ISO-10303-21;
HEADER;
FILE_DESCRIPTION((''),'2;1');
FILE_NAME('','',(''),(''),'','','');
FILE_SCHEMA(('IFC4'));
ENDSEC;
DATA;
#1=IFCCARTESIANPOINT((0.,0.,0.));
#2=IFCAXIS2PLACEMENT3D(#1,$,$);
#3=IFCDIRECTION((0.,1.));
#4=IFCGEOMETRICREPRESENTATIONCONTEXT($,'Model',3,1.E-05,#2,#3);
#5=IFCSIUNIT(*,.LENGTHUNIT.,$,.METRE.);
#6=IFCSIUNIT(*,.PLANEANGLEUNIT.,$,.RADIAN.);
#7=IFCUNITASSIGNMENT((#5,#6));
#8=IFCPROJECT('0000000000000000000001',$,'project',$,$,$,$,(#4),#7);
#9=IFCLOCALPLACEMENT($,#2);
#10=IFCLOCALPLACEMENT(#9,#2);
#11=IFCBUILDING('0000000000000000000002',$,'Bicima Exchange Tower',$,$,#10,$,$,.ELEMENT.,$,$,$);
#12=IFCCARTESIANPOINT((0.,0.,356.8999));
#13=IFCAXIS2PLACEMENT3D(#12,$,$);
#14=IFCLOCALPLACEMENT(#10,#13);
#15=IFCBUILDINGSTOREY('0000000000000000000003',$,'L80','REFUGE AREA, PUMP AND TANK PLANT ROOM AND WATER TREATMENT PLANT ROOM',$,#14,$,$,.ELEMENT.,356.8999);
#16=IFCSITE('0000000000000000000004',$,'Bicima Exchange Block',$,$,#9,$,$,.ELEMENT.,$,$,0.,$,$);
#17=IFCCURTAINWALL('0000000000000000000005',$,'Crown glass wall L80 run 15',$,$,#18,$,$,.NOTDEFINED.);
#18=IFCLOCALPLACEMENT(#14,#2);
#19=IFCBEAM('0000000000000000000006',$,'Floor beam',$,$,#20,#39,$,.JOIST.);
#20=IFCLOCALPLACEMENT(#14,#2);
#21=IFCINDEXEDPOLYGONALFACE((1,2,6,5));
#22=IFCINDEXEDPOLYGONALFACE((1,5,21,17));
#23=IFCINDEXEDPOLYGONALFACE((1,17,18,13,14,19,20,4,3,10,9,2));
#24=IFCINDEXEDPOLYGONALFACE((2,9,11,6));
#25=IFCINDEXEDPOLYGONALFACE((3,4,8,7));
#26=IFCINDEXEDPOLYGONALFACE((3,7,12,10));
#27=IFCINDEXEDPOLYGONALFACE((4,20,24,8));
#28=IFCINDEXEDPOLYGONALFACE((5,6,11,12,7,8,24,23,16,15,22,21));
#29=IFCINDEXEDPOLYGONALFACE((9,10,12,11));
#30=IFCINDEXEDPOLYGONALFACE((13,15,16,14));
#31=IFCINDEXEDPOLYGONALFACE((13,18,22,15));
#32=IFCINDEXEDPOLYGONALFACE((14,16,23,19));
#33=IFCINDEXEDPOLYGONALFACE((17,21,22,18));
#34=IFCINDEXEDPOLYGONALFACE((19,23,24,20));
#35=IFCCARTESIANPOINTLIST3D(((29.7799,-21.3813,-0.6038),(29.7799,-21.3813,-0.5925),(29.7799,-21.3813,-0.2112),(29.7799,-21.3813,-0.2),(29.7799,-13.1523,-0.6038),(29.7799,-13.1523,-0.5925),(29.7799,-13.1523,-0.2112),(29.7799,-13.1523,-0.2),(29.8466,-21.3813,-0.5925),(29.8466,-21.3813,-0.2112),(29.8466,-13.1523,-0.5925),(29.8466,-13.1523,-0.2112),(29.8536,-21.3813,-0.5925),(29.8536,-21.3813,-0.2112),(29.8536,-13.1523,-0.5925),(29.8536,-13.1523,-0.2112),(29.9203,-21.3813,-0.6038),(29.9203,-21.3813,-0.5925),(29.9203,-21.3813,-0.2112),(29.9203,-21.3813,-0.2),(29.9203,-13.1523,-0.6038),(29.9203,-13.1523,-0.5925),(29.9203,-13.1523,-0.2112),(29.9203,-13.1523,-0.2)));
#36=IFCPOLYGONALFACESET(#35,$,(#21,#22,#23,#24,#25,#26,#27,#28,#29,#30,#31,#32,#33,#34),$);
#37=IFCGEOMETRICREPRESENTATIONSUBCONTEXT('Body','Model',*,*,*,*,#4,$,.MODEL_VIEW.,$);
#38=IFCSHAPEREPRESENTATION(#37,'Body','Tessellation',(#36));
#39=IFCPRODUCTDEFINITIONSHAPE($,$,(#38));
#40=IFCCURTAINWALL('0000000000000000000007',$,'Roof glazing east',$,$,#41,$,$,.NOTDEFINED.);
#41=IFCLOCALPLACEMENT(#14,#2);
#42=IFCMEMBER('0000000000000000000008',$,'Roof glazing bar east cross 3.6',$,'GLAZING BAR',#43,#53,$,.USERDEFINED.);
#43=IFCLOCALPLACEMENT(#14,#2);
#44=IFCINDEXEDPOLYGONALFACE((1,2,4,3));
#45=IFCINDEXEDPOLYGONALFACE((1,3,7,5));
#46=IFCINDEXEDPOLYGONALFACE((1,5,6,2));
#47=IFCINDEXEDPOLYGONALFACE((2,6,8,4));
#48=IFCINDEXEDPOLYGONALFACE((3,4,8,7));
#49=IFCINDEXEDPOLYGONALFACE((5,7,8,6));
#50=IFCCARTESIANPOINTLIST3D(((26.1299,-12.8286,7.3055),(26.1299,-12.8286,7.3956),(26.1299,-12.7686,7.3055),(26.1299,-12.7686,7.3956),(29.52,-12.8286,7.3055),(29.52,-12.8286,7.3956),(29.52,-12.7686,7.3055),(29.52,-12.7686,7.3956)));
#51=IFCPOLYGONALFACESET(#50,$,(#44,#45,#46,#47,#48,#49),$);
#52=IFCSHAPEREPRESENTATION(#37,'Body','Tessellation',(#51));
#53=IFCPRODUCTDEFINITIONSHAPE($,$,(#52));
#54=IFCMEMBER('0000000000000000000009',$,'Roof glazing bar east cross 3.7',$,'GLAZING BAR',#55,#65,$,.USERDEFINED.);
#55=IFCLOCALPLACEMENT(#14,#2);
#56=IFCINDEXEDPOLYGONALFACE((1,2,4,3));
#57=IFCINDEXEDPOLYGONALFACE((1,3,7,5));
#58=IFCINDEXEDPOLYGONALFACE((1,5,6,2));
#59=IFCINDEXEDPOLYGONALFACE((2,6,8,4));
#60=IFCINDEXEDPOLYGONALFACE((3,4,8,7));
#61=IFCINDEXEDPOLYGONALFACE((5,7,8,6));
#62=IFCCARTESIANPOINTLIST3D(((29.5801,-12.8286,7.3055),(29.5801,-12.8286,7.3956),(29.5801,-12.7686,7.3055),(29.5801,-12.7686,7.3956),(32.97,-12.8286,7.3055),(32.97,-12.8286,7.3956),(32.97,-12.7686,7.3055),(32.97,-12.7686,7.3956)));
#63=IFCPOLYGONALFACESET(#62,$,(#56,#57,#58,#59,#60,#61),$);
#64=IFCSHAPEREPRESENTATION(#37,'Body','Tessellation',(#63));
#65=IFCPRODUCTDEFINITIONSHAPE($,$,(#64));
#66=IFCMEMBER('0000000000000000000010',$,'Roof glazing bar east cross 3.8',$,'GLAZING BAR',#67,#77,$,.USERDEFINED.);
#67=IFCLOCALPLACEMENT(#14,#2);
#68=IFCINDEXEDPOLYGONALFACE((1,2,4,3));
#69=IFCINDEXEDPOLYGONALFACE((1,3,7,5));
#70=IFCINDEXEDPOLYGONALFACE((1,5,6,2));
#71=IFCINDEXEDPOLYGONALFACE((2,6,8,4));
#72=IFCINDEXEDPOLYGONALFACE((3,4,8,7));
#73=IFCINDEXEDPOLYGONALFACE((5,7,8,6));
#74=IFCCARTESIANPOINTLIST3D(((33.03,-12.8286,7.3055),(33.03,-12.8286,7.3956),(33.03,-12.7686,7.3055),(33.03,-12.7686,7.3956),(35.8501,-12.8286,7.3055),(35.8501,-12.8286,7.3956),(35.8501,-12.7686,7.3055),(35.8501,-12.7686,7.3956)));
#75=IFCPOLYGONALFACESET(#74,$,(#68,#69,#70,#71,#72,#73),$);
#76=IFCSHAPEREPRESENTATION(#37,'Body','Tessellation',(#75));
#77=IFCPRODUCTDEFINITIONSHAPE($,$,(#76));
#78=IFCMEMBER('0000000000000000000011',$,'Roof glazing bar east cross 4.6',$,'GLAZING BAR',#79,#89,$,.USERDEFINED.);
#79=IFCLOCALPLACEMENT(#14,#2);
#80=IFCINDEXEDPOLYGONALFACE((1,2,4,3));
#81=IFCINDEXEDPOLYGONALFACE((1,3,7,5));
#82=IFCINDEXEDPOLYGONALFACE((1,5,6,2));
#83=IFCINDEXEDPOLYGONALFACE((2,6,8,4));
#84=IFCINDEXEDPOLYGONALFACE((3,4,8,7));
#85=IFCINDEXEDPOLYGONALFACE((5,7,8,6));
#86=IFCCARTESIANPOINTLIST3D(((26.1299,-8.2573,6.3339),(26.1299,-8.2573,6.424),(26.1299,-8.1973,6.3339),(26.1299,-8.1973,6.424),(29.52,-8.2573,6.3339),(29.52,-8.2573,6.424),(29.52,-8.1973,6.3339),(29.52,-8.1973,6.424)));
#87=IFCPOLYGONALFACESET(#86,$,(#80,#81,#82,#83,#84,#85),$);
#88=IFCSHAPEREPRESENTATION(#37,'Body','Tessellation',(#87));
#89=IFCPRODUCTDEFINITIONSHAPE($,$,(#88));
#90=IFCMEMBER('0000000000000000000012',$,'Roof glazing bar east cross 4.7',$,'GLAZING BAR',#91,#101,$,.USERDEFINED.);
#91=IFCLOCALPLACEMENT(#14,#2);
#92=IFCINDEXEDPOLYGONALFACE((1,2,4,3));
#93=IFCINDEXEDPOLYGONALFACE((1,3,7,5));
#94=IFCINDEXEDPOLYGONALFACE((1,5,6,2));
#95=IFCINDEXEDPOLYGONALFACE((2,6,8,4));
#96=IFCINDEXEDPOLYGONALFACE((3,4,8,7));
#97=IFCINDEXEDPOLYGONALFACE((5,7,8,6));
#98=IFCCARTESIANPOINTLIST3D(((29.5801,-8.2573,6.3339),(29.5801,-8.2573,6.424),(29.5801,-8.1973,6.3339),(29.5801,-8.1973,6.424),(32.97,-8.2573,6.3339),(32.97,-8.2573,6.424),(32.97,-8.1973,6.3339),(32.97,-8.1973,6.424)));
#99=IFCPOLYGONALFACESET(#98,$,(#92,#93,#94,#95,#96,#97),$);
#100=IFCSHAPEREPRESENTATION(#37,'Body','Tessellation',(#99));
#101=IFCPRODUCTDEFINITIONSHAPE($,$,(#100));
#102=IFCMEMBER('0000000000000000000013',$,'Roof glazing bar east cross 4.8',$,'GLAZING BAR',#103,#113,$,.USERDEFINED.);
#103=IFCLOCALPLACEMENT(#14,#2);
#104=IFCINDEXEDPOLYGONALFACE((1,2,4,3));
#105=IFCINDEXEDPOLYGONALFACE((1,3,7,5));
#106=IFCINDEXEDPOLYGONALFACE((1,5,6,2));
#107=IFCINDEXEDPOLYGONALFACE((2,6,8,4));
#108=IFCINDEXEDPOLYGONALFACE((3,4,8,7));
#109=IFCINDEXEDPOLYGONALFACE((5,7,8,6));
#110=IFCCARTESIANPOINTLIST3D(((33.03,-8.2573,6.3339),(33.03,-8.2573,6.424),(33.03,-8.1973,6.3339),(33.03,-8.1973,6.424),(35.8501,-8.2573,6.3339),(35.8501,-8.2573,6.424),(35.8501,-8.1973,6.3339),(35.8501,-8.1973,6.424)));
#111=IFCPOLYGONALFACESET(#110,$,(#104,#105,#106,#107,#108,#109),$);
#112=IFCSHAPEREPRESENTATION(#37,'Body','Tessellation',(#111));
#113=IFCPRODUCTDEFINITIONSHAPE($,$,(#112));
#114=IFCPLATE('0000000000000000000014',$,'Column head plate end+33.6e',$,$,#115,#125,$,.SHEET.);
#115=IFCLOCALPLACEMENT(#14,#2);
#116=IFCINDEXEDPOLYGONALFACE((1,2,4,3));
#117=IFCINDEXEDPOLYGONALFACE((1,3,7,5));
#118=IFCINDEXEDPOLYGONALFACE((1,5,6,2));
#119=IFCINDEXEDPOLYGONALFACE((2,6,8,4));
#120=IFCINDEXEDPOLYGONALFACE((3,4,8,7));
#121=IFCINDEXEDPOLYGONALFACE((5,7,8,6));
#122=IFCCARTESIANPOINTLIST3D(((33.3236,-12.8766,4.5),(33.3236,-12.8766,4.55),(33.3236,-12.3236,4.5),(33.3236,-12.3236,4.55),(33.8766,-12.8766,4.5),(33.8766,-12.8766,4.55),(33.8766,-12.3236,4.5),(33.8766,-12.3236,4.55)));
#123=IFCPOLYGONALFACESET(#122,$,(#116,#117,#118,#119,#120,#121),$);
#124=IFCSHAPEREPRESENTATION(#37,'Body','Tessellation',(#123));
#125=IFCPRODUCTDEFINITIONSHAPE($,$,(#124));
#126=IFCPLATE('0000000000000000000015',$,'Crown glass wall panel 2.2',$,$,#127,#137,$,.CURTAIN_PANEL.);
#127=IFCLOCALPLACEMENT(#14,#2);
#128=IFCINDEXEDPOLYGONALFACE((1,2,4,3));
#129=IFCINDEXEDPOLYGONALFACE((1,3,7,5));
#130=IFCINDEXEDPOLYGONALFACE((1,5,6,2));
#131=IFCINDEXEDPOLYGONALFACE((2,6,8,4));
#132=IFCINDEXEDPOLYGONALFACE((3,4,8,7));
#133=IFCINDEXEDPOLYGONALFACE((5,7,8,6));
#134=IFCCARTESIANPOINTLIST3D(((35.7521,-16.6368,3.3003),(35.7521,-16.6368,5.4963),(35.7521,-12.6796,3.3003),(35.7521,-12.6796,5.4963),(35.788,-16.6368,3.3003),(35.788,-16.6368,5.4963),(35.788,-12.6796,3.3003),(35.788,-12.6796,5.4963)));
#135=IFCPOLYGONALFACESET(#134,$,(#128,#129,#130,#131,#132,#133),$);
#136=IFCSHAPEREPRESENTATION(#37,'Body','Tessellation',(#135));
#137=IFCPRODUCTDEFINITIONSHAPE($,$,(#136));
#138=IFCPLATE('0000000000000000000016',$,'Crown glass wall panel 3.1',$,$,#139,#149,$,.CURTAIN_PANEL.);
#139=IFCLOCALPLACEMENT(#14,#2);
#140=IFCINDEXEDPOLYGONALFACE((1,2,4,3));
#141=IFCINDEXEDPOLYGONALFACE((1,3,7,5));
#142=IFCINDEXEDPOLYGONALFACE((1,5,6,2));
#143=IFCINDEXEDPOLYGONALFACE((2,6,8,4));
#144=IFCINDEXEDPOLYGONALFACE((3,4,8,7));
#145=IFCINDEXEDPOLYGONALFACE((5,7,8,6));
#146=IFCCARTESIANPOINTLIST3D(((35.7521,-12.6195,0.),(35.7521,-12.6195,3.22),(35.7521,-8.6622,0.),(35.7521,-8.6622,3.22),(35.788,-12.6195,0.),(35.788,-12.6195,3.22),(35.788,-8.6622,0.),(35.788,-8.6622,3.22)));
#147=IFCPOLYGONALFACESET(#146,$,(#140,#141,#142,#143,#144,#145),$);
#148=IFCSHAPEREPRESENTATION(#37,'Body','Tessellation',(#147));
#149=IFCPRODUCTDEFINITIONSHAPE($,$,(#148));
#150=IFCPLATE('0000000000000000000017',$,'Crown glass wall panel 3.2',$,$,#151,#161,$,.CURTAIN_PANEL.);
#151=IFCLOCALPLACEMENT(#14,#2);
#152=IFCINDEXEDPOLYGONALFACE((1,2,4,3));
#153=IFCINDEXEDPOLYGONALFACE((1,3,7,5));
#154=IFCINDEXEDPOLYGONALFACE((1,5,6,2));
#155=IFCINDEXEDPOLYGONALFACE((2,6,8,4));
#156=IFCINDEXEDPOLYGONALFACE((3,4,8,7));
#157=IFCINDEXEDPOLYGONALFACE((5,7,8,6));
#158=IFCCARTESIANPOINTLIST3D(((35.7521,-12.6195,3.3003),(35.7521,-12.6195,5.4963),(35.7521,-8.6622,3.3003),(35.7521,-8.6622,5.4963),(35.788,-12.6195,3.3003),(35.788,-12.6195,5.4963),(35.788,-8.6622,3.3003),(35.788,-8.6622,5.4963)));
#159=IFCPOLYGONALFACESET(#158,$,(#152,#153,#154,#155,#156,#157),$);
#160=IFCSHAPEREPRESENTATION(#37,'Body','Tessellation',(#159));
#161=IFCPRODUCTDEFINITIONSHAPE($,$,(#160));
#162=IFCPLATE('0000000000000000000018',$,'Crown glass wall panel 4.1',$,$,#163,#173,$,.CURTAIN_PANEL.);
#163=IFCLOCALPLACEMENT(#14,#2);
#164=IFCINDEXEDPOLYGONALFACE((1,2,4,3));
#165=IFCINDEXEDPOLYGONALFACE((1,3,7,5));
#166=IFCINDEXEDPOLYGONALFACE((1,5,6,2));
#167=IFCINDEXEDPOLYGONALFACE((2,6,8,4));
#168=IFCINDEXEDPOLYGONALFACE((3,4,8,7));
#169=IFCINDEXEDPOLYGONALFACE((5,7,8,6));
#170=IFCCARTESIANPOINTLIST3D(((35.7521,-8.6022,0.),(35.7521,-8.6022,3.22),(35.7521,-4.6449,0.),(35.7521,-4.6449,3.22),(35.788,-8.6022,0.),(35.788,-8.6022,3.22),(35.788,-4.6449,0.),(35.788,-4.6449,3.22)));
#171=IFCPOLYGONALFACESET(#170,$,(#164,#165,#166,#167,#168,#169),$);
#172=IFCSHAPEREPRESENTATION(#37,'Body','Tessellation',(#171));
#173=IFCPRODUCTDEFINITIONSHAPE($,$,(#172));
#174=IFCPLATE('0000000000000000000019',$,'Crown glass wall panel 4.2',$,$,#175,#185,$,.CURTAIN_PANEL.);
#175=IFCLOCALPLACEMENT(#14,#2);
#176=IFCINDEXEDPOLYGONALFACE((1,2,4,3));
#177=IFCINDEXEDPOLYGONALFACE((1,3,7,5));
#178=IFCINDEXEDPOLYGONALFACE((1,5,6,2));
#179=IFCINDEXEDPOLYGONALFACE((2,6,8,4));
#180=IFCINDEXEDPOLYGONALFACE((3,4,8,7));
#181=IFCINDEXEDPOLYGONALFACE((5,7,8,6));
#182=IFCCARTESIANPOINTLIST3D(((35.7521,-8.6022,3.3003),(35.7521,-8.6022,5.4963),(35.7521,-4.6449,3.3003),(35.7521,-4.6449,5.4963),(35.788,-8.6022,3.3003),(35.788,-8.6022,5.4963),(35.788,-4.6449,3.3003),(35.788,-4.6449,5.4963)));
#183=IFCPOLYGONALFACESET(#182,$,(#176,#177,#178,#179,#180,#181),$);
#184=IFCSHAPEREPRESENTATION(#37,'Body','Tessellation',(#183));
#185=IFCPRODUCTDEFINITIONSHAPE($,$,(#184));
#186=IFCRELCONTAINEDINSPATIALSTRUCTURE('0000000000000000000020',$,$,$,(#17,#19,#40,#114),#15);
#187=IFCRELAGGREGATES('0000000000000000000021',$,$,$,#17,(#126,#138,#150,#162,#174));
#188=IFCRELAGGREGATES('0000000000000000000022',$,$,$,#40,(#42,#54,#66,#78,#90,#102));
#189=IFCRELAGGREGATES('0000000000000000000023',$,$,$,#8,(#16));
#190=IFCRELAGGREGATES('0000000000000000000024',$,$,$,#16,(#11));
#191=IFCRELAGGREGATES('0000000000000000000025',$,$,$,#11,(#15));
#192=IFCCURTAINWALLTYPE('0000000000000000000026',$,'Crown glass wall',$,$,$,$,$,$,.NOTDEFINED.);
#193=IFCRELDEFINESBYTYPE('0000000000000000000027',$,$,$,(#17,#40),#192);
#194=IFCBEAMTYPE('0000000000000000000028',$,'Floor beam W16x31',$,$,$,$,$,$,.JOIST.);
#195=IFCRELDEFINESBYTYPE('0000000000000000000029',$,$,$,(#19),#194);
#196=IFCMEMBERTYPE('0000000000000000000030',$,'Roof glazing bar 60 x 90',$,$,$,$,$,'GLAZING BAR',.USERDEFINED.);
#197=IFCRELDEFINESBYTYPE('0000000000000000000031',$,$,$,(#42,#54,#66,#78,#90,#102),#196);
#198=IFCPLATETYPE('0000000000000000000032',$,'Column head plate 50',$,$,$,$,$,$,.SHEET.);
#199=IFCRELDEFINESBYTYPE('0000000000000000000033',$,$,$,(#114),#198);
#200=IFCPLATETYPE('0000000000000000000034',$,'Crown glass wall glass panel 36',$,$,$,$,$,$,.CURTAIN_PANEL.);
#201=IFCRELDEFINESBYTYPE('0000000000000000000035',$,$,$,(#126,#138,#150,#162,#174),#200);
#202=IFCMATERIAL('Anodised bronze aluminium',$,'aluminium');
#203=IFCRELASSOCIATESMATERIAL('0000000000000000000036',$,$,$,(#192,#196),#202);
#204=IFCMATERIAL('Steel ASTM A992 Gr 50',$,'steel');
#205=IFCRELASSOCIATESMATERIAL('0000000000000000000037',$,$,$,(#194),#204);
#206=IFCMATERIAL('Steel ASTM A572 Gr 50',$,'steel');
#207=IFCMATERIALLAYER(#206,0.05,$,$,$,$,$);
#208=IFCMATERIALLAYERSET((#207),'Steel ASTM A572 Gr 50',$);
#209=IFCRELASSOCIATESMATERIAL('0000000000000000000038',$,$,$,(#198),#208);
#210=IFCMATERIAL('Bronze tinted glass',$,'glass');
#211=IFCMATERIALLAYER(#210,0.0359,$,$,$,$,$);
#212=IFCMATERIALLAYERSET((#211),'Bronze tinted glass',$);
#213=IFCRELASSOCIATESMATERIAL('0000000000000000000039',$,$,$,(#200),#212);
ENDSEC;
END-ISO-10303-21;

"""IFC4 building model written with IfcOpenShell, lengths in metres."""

from ifc_helpers import new_model, si_unit, direction, frame, origin, origin_2d, place, context, subcontext, project, spatial, rectangle, i_section, extrude, material, layer, layer_set, material_profile, profile_set, type_object, element, aggregate, save


model = new_model("IFC4")

# Units and contexts
model_context = context("Model", 3, precision=1e-05, world=origin(), true_north=direction((0.0, 1.0)))
body_context = subcontext(model_context, "Body", "Model", "MODEL_VIEW")
ifc_project = project(units=[si_unit("LENGTHUNIT", "METRE"), si_unit("PLANEANGLEUNIT", "RADIAN")], contexts=[model_context])

# Site, building, storey
site_placement = place(None, origin())
site = spatial("IfcSite", under=ifc_project, at=site_placement, Name="Bicima Exchange Block", CompositionType="ELEMENT", RefElevation=0.0)
building_placement = place(site_placement, origin())
building = spatial("IfcBuilding", under=site, at=building_placement, Name="Bicima Exchange Tower", CompositionType="ELEMENT")
storey_placement = place(building_placement, frame((0.0, 0.0, 356.8999)))
storey = spatial("IfcBuildingStorey", under=building, at=storey_placement, Name="L80", Description="REFUGE AREA, PUMP AND TANK PLANT ROOM AND WATER TREATMENT PLANT ROOM", CompositionType="ELEMENT", Elevation=356.8999)

# Shared definitions
ifc_material_1 = material(Name="Steel ASTM A572 Gr 50", Category="steel")
ifc_material_2 = material(Name="Steel ASTM A992 Gr 50", Category="steel")

# Curtain wall
ifc_material_3 = material(Name="Anodised bronze aluminium", Category="aluminium")
curtain_wall_type = type_object("IfcCurtainWallType", Name="Crown glass wall", PredefinedType="NOTDEFINED", material=ifc_material_3)
curtain_wall_1_placement = place(storey_placement, origin())
curtain_wall_1 = element("IfcCurtainWall", 1, at=curtain_wall_1_placement, inside=storey, type_object=curtain_wall_type, Name="Crown glass wall L80 run 15", PredefinedType="NOTDEFINED")

# Beam
ifc_material_profile_1 = material_profile(ifc_material_2, i_section(OverallWidth=0.1404, OverallDepth=0.4038, WebThickness=0.0071, FlangeThickness=0.0112, at=origin_2d()))
ifc_profile_set_1 = profile_set([ifc_material_profile_1], Name="Steel ASTM A992 Gr 50")
beam_type_1 = type_object("IfcBeamType", Name="Floor beam W16x31", PredefinedType="JOIST", material=ifc_profile_set_1)
beam_1_placement = place(storey_placement, frame((29.8501, -13.1523, -0.4019), z_axis=(0.0, -1.0, 0.0), x_axis=(1.0, 0.0, 0.0)))
element("IfcBeam", 2, at=beam_1_placement, inside=storey, type_object=beam_type_1, Name="Floor beam", PredefinedType="JOIST", context=body_context, shape_type="SweptSolid", body=[
    extrude(i_section(OverallWidth=0.1404, OverallDepth=0.4038, WebThickness=0.0071, FlangeThickness=0.0112, at=origin_2d()), origin(), (0.0, 0.0, 1.0), 8.229),
])

# Curtain wall, members
curtain_wall_2_placement = place(storey_placement, origin())
curtain_wall_2 = element("IfcCurtainWall", 3, at=curtain_wall_2_placement, inside=storey, type_object=curtain_wall_type, Name="Roof glazing east", PredefinedType="NOTDEFINED")
ifc_material_profile_2 = material_profile(ifc_material_3, rectangle(XDim=0.0601, YDim=0.0901, at=origin_2d()))
ifc_profile_set_2 = profile_set([ifc_material_profile_2], Name="Anodised bronze aluminium")
member_type_1 = type_object("IfcMemberType", Name="Roof glazing bar 60 x 90", ElementType="GLAZING BAR", PredefinedType="USERDEFINED", material=ifc_profile_set_2)
member_1_placement = place(storey_placement, frame((26.1299, -12.7986, 7.3506), z_axis=(1.0, 0.0, 0.0), x_axis=(0.0, 1.0, 0.0)))
member_1 = element("IfcMember", 4, at=member_1_placement, type_object=member_type_1, Name="Roof glazing bar east cross 3.6", ObjectType="GLAZING BAR", PredefinedType="USERDEFINED", context=body_context, shape_type="SweptSolid", body=[
    extrude(rectangle(XDim=0.0601, YDim=0.0901, at=origin_2d()), origin(), (0.0, 0.0, 1.0), 3.3901),
])
member_2_placement = place(storey_placement, frame((29.5801, -12.7986, 7.3506), z_axis=(1.0, 0.0, 0.0), x_axis=(0.0, 1.0, 0.0)))
member_2 = element("IfcMember", 5, at=member_2_placement, type_object=member_type_1, Name="Roof glazing bar east cross 3.7", ObjectType="GLAZING BAR", PredefinedType="USERDEFINED", context=body_context, shape_type="SweptSolid", body=[
    extrude(rectangle(XDim=0.0601, YDim=0.0901, at=origin_2d()), origin(), (0.0, 0.0, 1.0), 3.3899),
])
member_3_placement = place(storey_placement, frame((33.03, -12.7986, 7.3506), z_axis=(1.0, 0.0, 0.0), x_axis=(0.0, 1.0, 0.0)))
member_3 = element("IfcMember", 6, at=member_3_placement, type_object=member_type_1, Name="Roof glazing bar east cross 3.8", ObjectType="GLAZING BAR", PredefinedType="USERDEFINED", context=body_context, shape_type="SweptSolid", body=[
    extrude(rectangle(XDim=0.0601, YDim=0.0901, at=origin_2d()), origin(), (0.0, 0.0, 1.0), 2.8201),
])
member_4_placement = place(storey_placement, frame((26.1299, -8.2273, 6.3789), z_axis=(1.0, 0.0, 0.0), x_axis=(0.0, 1.0, 0.0)))
member_4 = element("IfcMember", 7, at=member_4_placement, type_object=member_type_1, Name="Roof glazing bar east cross 4.6", ObjectType="GLAZING BAR", PredefinedType="USERDEFINED", context=body_context, shape_type="SweptSolid", body=[
    extrude(rectangle(XDim=0.0601, YDim=0.0901, at=origin_2d()), origin(), (0.0, 0.0, 1.0), 3.3901),
])
member_5_placement = place(storey_placement, frame((29.5801, -8.2273, 6.3789), z_axis=(1.0, 0.0, 0.0), x_axis=(0.0, 1.0, 0.0)))
member_5 = element("IfcMember", 8, at=member_5_placement, type_object=member_type_1, Name="Roof glazing bar east cross 4.7", ObjectType="GLAZING BAR", PredefinedType="USERDEFINED", context=body_context, shape_type="SweptSolid", body=[
    extrude(rectangle(XDim=0.0601, YDim=0.0901, at=origin_2d()), origin(), (0.0, 0.0, 1.0), 3.3899),
])
member_6_placement = place(storey_placement, frame((33.03, -8.2273, 6.3789), z_axis=(1.0, 0.0, 0.0), x_axis=(0.0, 1.0, 0.0)))
member_6 = element("IfcMember", 9, at=member_6_placement, type_object=member_type_1, Name="Roof glazing bar east cross 4.8", ObjectType="GLAZING BAR", PredefinedType="USERDEFINED", context=body_context, shape_type="SweptSolid", body=[
    extrude(rectangle(XDim=0.0601, YDim=0.0901, at=origin_2d()), origin(), (0.0, 0.0, 1.0), 2.8201),
])

# Plates
ifc_layer_1 = layer(ifc_material_1, 0.05)
ifc_layer_set_1 = layer_set([ifc_layer_1], Name="Steel ASTM A572 Gr 50")
plate_type_1 = type_object("IfcPlateType", Name="Column head plate 50", PredefinedType="SHEET", material=ifc_layer_set_1)
plate_1_placement = place(storey_placement, frame((33.6001, -12.6001, 4.5), z_axis=(0.0, 0.0, 1.0), x_axis=(1.0, 0.0, 0.0)))
element("IfcPlate", 10, at=plate_1_placement, inside=storey, type_object=plate_type_1, Name="Column head plate end+33.6e", PredefinedType="SHEET", context=body_context, shape_type="SweptSolid", body=[
    extrude(rectangle(XDim=0.553, YDim=0.553, at=origin_2d()), origin(), (0.0, 0.0, 1.0), 0.05),
])
ifc_material_4 = material(Name="Bronze tinted glass", Category="glass")
ifc_layer_2 = layer(ifc_material_4, 0.0359)
ifc_layer_set_2 = layer_set([ifc_layer_2], Name="Bronze tinted glass")
plate_type_2 = type_object("IfcPlateType", Name="Crown glass wall glass panel 36", PredefinedType="CURTAIN_PANEL", material=ifc_layer_set_2)
plate_2_placement = place(storey_placement, frame((35.77, -14.6582, 3.3003), z_axis=(0.0, 0.0, 1.0), x_axis=(0.0, 1.0, 0.0)))
plate_2 = element("IfcPlate", 11, at=plate_2_placement, type_object=plate_type_2, Name="Crown glass wall panel 2.2", PredefinedType="CURTAIN_PANEL", context=body_context, shape_type="SweptSolid", body=[
    extrude(rectangle(XDim=3.9573, YDim=0.0359, at=origin_2d()), origin(), (0.0, 0.0, 1.0), 2.196),
])
plate_3_placement = place(storey_placement, frame((35.77, -10.6409, 0.0), z_axis=(0.0, 0.0, 1.0), x_axis=(0.0, 1.0, 0.0)))
plate_3 = element("IfcPlate", 12, at=plate_3_placement, type_object=plate_type_2, Name="Crown glass wall panel 3.1", PredefinedType="CURTAIN_PANEL", context=body_context, shape_type="SweptSolid", body=[
    extrude(rectangle(XDim=3.9573, YDim=0.0359, at=origin_2d()), origin(), (0.0, 0.0, 1.0), 3.22),
])
plate_4_placement = place(storey_placement, frame((35.77, -10.6409, 3.3003), z_axis=(0.0, 0.0, 1.0), x_axis=(0.0, 1.0, 0.0)))
plate_4 = element("IfcPlate", 13, at=plate_4_placement, type_object=plate_type_2, Name="Crown glass wall panel 3.2", PredefinedType="CURTAIN_PANEL", context=body_context, shape_type="SweptSolid", body=[
    extrude(rectangle(XDim=3.9573, YDim=0.0359, at=origin_2d()), origin(), (0.0, 0.0, 1.0), 2.196),
])
plate_5_placement = place(storey_placement, frame((35.77, -6.6235, 0.0), z_axis=(0.0, 0.0, 1.0), x_axis=(0.0, 1.0, 0.0)))
plate_5 = element("IfcPlate", 14, at=plate_5_placement, type_object=plate_type_2, Name="Crown glass wall panel 4.1", PredefinedType="CURTAIN_PANEL", context=body_context, shape_type="SweptSolid", body=[
    extrude(rectangle(XDim=3.9573, YDim=0.0359, at=origin_2d()), origin(), (0.0, 0.0, 1.0), 3.22),
])
plate_6_placement = place(storey_placement, frame((35.77, -6.6235, 3.3003), z_axis=(0.0, 0.0, 1.0), x_axis=(0.0, 1.0, 0.0)))
plate_6 = element("IfcPlate", 15, at=plate_6_placement, type_object=plate_type_2, Name="Crown glass wall panel 4.2", PredefinedType="CURTAIN_PANEL", context=body_context, shape_type="SweptSolid", body=[
    extrude(rectangle(XDim=3.9573, YDim=0.0359, at=origin_2d()), origin(), (0.0, 0.0, 1.0), 2.196),
])
aggregate(curtain_wall_1, [plate_2, plate_3, plate_4, plate_5, plate_6])

aggregate(curtain_wall_2, [member_1, member_2, member_3, member_4, member_5, member_6])

save(model, "model.ifc")
